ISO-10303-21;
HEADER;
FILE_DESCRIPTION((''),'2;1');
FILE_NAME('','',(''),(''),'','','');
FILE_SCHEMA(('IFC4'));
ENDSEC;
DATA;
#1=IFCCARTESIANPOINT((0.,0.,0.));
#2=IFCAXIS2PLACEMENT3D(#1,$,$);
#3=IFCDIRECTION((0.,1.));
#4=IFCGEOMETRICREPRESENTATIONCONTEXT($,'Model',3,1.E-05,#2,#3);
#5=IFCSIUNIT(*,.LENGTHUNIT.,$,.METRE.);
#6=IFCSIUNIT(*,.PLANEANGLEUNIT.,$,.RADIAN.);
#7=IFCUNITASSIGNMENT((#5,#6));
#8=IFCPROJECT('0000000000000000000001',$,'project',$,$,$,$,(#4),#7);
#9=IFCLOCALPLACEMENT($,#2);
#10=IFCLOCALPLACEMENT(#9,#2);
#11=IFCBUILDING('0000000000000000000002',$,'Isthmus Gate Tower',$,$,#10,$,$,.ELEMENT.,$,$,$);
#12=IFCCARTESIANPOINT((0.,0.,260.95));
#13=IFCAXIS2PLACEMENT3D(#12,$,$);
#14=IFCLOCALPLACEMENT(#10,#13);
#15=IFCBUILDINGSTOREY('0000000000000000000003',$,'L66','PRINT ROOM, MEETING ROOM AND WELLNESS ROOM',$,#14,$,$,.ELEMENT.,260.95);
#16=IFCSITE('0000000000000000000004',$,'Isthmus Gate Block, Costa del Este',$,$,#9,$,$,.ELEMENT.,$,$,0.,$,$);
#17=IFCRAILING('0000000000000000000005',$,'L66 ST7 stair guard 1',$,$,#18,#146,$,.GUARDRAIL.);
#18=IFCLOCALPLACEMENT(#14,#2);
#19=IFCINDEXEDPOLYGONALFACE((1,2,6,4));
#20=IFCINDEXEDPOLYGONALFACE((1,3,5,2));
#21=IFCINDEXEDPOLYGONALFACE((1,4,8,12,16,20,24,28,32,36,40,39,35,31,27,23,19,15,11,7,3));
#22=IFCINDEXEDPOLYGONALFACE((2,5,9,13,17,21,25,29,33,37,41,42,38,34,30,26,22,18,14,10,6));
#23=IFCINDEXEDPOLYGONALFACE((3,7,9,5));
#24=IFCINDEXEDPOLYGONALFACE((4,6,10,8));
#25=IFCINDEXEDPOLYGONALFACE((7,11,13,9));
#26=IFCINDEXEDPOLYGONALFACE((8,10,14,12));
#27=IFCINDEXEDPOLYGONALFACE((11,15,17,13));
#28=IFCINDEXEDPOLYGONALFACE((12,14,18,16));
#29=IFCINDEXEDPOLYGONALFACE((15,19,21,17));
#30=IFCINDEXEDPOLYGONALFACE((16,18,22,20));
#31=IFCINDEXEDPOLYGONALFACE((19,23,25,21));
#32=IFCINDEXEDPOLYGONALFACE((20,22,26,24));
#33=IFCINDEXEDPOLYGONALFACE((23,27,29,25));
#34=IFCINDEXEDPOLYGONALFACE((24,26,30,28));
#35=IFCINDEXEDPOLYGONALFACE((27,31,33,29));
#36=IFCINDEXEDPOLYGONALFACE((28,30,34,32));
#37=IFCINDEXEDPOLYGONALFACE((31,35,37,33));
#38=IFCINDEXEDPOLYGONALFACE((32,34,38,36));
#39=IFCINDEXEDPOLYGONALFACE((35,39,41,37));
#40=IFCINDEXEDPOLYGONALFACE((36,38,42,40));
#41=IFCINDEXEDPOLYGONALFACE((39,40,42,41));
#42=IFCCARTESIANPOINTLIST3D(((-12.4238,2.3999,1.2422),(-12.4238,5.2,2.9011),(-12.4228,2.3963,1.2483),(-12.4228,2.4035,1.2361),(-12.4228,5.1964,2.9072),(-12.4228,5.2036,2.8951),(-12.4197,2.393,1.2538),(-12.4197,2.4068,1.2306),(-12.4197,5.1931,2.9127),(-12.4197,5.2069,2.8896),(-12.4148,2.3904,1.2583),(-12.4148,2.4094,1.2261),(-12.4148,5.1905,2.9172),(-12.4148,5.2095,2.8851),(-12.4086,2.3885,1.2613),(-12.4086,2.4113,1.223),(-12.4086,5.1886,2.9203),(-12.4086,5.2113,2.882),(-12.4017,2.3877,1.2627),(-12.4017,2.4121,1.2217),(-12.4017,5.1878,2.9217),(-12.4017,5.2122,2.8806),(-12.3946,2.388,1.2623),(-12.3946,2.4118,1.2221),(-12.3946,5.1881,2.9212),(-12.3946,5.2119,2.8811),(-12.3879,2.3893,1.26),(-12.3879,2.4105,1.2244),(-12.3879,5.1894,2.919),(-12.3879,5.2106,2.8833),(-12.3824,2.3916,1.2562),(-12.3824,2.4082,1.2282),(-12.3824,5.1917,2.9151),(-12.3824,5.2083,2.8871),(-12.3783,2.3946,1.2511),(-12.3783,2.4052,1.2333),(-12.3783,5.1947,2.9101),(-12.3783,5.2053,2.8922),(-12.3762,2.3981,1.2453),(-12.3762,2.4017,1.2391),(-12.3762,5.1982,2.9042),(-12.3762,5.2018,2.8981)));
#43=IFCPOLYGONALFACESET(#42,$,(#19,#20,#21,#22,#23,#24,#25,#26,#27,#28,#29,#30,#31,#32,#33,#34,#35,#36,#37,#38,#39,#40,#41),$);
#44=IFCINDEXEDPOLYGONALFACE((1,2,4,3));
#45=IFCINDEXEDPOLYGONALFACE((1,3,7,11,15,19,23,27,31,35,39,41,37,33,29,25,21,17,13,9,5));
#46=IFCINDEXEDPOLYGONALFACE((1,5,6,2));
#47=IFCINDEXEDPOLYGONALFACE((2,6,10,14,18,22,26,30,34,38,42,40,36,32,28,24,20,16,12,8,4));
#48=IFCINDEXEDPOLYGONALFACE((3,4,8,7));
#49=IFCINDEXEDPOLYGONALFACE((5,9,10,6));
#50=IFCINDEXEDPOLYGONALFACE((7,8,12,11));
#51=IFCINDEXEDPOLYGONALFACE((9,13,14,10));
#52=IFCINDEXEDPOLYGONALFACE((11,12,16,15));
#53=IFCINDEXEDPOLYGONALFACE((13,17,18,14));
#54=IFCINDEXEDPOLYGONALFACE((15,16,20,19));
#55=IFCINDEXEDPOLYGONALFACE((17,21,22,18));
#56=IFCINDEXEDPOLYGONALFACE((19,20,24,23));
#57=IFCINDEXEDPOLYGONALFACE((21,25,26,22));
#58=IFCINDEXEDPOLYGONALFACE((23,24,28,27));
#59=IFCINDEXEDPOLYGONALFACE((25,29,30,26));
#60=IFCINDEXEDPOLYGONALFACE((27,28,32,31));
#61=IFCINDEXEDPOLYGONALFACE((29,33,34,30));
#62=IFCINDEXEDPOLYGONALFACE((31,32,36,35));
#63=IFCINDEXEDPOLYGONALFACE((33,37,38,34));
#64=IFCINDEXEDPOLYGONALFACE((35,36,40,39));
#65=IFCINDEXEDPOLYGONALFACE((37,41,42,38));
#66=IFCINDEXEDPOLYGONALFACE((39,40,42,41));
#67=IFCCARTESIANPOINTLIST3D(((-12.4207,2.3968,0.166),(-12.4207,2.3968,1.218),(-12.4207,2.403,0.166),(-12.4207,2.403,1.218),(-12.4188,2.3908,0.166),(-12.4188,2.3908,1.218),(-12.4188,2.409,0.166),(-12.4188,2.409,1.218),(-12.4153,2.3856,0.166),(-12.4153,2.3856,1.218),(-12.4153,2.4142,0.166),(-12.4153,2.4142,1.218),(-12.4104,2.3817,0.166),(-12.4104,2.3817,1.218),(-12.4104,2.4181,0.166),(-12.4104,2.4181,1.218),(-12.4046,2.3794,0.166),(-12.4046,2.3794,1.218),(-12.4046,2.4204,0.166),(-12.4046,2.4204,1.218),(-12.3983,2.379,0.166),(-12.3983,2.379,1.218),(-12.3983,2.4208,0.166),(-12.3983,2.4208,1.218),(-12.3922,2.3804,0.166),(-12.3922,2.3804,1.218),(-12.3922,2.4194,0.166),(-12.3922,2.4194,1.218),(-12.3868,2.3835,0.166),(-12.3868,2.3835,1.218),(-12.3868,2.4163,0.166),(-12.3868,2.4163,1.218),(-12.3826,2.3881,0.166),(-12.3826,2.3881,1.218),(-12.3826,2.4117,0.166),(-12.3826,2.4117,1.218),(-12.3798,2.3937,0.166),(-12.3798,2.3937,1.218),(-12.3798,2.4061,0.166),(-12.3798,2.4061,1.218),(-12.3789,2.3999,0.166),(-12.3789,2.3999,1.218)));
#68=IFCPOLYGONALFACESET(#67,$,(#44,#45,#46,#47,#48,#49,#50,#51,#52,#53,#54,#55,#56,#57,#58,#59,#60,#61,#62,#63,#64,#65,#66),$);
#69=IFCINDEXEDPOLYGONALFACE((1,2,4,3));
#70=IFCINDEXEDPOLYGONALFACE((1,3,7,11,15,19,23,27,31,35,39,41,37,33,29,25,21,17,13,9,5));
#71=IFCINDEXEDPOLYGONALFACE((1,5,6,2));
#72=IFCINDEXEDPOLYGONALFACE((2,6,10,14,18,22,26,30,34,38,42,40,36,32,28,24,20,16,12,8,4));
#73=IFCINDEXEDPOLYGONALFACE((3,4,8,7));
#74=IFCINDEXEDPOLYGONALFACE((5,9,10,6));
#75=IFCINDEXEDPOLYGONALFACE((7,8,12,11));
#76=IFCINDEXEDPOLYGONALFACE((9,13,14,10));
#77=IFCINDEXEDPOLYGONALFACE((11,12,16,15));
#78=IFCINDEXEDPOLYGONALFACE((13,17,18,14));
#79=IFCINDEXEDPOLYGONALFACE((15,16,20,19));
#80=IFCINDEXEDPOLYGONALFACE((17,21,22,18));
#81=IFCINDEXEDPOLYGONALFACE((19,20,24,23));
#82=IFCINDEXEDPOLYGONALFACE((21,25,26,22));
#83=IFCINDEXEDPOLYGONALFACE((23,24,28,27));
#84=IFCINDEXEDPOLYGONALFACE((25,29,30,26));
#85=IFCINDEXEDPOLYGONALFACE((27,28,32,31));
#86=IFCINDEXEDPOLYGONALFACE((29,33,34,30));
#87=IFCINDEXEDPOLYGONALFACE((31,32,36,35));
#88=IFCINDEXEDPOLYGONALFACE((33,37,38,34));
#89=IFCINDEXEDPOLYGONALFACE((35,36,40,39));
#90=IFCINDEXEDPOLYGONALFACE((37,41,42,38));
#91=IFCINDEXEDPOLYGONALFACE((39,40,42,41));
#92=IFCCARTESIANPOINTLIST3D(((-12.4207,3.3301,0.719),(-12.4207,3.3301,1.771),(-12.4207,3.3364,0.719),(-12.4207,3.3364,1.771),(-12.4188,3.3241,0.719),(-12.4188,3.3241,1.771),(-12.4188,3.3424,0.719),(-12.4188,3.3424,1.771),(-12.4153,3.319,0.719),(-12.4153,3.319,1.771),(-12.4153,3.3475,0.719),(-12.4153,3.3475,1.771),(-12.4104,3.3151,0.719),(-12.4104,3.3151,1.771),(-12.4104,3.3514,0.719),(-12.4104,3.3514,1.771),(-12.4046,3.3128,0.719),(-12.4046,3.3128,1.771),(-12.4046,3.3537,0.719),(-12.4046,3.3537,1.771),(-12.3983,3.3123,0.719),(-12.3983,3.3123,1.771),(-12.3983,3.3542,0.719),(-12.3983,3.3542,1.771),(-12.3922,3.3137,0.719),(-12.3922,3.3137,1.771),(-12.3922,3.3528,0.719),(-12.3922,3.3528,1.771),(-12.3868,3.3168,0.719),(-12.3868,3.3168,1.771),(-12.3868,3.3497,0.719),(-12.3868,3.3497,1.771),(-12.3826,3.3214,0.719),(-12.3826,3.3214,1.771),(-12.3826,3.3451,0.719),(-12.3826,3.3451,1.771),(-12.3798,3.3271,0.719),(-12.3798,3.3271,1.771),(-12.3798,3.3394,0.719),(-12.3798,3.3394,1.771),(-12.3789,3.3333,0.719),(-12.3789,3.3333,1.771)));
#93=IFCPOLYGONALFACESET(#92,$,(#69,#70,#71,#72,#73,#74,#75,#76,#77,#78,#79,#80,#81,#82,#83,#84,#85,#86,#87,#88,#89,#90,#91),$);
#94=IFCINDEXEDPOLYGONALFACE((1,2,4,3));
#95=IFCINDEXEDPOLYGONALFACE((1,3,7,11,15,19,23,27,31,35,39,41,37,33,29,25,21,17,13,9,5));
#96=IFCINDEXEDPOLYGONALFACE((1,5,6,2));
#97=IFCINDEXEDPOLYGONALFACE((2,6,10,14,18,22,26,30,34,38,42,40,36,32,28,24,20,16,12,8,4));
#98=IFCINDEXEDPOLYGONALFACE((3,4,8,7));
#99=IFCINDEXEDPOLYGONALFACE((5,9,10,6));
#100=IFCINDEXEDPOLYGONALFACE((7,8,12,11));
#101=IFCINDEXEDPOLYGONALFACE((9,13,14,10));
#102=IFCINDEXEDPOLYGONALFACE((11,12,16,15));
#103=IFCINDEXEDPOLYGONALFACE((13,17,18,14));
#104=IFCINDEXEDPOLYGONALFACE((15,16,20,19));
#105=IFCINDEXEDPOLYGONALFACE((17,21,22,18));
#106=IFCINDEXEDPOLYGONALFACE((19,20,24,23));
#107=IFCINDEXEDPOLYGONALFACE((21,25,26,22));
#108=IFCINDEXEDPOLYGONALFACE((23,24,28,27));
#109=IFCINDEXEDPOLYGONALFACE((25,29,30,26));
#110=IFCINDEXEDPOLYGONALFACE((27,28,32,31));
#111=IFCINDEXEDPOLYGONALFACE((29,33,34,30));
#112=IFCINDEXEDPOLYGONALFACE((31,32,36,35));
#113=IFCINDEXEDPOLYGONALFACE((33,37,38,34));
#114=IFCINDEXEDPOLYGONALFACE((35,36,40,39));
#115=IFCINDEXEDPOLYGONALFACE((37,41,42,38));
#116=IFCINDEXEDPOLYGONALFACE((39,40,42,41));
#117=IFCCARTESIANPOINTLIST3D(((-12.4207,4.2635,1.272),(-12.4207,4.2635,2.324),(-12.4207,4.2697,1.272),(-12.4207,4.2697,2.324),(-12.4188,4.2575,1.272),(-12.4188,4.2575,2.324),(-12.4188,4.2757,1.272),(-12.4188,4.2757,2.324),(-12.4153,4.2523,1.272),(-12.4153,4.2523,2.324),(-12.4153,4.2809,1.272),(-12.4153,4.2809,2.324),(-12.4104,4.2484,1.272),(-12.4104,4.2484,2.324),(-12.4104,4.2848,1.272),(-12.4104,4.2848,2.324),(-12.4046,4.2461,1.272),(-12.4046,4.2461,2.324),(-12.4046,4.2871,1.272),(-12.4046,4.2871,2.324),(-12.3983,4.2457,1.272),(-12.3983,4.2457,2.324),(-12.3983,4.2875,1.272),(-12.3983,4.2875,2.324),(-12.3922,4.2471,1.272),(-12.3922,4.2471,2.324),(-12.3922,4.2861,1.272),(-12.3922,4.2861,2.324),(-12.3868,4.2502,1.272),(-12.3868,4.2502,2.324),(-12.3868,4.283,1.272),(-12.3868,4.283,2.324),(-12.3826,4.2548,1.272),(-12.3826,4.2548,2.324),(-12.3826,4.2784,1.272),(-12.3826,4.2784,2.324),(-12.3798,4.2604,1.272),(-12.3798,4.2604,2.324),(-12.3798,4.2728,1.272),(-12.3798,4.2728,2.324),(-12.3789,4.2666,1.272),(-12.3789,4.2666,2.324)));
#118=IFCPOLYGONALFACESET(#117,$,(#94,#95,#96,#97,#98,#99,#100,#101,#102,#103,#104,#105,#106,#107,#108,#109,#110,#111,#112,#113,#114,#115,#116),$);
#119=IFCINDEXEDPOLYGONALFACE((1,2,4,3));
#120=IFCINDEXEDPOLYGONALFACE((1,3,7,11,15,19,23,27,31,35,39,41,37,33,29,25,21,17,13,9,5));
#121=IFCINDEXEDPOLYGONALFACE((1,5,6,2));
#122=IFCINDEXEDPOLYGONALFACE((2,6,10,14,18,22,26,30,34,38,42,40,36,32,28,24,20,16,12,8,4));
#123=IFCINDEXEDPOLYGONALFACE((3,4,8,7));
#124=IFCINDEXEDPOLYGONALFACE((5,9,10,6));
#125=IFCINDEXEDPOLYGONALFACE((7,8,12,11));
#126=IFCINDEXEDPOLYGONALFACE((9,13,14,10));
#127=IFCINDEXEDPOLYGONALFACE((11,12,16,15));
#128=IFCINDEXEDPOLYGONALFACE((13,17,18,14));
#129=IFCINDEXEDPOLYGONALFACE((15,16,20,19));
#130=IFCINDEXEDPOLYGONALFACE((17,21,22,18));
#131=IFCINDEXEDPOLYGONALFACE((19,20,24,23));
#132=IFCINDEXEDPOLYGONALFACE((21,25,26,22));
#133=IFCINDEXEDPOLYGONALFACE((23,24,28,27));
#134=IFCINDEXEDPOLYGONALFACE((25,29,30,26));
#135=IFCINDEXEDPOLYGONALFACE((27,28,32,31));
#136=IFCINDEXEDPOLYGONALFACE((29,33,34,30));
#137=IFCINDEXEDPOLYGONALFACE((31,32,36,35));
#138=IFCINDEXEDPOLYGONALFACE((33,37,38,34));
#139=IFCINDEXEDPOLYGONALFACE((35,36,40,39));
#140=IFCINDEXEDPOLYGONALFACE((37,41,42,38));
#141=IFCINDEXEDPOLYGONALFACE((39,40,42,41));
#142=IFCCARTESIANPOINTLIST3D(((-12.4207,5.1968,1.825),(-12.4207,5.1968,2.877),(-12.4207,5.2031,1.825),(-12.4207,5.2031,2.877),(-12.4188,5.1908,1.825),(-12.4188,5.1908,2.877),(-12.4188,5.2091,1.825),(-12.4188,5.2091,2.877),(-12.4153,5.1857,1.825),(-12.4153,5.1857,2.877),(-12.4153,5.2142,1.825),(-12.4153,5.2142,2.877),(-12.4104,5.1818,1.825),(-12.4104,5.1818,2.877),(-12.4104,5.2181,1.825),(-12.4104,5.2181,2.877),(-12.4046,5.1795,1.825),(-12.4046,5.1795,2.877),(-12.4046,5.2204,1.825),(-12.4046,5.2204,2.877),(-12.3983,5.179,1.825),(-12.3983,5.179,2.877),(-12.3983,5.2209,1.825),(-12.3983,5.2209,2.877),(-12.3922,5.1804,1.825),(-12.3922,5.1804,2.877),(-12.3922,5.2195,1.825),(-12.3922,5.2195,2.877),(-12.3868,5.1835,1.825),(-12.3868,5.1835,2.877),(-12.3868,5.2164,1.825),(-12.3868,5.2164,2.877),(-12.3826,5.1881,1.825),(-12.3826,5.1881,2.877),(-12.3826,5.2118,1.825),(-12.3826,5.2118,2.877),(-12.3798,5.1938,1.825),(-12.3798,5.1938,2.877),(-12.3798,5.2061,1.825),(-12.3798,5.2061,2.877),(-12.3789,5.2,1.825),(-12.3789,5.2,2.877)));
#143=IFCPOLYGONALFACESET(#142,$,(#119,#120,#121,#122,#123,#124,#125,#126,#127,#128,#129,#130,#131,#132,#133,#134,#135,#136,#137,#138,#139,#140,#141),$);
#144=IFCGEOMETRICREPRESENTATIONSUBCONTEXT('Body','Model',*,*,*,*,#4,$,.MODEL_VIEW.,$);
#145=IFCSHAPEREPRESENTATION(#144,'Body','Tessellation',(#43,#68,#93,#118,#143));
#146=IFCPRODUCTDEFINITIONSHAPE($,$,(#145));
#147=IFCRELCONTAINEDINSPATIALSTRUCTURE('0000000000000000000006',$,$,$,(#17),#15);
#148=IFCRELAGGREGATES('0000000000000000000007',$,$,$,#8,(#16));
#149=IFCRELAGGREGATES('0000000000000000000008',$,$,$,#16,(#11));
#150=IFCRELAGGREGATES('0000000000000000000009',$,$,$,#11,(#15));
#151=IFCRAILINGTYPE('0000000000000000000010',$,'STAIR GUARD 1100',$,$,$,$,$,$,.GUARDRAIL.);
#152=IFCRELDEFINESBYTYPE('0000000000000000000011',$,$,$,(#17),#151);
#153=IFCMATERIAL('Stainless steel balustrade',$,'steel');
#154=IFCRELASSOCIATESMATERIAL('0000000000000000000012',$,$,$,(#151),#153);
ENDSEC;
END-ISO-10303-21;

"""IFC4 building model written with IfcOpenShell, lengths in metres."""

from ifc_helpers import new_model, si_unit, direction, frame, origin, origin_2d, place, context, subcontext, project, spatial, circle, extrude, material, type_object, element, save


model = new_model("IFC4")

# Units and contexts
model_context = context("Model", 3, precision=1e-05, world=origin(), true_north=direction((0.0, 1.0)))
body_context = subcontext(model_context, "Body", "Model", "MODEL_VIEW")
ifc_project = project(units=[si_unit("LENGTHUNIT", "METRE"), si_unit("PLANEANGLEUNIT", "RADIAN")], contexts=[model_context])

# Site, building, storey
site_placement = place(None, origin())
site = spatial("IfcSite", under=ifc_project, at=site_placement, Name="Isthmus Gate Block, Costa del Este", CompositionType="ELEMENT", RefElevation=0.0)
building_placement = place(site_placement, origin())
building = spatial("IfcBuilding", under=site, at=building_placement, Name="Isthmus Gate Tower", CompositionType="ELEMENT")
storey_placement = place(building_placement, frame((0.0, 0.0, 260.95)))
storey = spatial("IfcBuildingStorey", under=building, at=storey_placement, Name="L66", Description="PRINT ROOM, MEETING ROOM AND WELLNESS ROOM", CompositionType="ELEMENT", Elevation=260.95)

# Railing
ifc_material_1 = material(Name="Stainless steel balustrade", Category="steel")
railing_type_1 = type_object("IfcRailingType", Name="STAIR GUARD 1100", PredefinedType="GUARDRAIL", material=ifc_material_1)
railing_1_placement = place(storey_placement, frame((-12.3999, 2.3999, 0.166)))
element("IfcRailing", 1, at=railing_1_placement, inside=storey, type_object=railing_type_1, Name="L66 ST7 stair guard 1", PredefinedType="GUARDRAIL", context=body_context, shape_type="SweptSolid", body=[
    extrude(circle(Radius=0.0239, at=origin_2d()), frame((0.0, 0.0, 1.0762), z_axis=(0.0, 0.860339, 0.509722), x_axis=(-1.0, 0.0, 0.0)), (0.0, 0.0, 1.0), 3.2546),
    extrude(circle(Radius=0.021, at=origin_2d()), origin(), (0.0, 0.0, 1.0), 1.052),
    extrude(circle(Radius=0.021, at=origin_2d()), frame((0.0, 0.9333, 0.553)), (0.0, 0.0, 1.0), 1.052),
    extrude(circle(Radius=0.021, at=origin_2d()), frame((0.0, 1.8667, 1.106)), (0.0, 0.0, 1.0), 1.052),
    extrude(circle(Radius=0.021, at=origin_2d()), frame((0.0, 2.8, 1.6589)), (0.0, 0.0, 1.0), 1.052),
])

save(model, "model.ifc")
